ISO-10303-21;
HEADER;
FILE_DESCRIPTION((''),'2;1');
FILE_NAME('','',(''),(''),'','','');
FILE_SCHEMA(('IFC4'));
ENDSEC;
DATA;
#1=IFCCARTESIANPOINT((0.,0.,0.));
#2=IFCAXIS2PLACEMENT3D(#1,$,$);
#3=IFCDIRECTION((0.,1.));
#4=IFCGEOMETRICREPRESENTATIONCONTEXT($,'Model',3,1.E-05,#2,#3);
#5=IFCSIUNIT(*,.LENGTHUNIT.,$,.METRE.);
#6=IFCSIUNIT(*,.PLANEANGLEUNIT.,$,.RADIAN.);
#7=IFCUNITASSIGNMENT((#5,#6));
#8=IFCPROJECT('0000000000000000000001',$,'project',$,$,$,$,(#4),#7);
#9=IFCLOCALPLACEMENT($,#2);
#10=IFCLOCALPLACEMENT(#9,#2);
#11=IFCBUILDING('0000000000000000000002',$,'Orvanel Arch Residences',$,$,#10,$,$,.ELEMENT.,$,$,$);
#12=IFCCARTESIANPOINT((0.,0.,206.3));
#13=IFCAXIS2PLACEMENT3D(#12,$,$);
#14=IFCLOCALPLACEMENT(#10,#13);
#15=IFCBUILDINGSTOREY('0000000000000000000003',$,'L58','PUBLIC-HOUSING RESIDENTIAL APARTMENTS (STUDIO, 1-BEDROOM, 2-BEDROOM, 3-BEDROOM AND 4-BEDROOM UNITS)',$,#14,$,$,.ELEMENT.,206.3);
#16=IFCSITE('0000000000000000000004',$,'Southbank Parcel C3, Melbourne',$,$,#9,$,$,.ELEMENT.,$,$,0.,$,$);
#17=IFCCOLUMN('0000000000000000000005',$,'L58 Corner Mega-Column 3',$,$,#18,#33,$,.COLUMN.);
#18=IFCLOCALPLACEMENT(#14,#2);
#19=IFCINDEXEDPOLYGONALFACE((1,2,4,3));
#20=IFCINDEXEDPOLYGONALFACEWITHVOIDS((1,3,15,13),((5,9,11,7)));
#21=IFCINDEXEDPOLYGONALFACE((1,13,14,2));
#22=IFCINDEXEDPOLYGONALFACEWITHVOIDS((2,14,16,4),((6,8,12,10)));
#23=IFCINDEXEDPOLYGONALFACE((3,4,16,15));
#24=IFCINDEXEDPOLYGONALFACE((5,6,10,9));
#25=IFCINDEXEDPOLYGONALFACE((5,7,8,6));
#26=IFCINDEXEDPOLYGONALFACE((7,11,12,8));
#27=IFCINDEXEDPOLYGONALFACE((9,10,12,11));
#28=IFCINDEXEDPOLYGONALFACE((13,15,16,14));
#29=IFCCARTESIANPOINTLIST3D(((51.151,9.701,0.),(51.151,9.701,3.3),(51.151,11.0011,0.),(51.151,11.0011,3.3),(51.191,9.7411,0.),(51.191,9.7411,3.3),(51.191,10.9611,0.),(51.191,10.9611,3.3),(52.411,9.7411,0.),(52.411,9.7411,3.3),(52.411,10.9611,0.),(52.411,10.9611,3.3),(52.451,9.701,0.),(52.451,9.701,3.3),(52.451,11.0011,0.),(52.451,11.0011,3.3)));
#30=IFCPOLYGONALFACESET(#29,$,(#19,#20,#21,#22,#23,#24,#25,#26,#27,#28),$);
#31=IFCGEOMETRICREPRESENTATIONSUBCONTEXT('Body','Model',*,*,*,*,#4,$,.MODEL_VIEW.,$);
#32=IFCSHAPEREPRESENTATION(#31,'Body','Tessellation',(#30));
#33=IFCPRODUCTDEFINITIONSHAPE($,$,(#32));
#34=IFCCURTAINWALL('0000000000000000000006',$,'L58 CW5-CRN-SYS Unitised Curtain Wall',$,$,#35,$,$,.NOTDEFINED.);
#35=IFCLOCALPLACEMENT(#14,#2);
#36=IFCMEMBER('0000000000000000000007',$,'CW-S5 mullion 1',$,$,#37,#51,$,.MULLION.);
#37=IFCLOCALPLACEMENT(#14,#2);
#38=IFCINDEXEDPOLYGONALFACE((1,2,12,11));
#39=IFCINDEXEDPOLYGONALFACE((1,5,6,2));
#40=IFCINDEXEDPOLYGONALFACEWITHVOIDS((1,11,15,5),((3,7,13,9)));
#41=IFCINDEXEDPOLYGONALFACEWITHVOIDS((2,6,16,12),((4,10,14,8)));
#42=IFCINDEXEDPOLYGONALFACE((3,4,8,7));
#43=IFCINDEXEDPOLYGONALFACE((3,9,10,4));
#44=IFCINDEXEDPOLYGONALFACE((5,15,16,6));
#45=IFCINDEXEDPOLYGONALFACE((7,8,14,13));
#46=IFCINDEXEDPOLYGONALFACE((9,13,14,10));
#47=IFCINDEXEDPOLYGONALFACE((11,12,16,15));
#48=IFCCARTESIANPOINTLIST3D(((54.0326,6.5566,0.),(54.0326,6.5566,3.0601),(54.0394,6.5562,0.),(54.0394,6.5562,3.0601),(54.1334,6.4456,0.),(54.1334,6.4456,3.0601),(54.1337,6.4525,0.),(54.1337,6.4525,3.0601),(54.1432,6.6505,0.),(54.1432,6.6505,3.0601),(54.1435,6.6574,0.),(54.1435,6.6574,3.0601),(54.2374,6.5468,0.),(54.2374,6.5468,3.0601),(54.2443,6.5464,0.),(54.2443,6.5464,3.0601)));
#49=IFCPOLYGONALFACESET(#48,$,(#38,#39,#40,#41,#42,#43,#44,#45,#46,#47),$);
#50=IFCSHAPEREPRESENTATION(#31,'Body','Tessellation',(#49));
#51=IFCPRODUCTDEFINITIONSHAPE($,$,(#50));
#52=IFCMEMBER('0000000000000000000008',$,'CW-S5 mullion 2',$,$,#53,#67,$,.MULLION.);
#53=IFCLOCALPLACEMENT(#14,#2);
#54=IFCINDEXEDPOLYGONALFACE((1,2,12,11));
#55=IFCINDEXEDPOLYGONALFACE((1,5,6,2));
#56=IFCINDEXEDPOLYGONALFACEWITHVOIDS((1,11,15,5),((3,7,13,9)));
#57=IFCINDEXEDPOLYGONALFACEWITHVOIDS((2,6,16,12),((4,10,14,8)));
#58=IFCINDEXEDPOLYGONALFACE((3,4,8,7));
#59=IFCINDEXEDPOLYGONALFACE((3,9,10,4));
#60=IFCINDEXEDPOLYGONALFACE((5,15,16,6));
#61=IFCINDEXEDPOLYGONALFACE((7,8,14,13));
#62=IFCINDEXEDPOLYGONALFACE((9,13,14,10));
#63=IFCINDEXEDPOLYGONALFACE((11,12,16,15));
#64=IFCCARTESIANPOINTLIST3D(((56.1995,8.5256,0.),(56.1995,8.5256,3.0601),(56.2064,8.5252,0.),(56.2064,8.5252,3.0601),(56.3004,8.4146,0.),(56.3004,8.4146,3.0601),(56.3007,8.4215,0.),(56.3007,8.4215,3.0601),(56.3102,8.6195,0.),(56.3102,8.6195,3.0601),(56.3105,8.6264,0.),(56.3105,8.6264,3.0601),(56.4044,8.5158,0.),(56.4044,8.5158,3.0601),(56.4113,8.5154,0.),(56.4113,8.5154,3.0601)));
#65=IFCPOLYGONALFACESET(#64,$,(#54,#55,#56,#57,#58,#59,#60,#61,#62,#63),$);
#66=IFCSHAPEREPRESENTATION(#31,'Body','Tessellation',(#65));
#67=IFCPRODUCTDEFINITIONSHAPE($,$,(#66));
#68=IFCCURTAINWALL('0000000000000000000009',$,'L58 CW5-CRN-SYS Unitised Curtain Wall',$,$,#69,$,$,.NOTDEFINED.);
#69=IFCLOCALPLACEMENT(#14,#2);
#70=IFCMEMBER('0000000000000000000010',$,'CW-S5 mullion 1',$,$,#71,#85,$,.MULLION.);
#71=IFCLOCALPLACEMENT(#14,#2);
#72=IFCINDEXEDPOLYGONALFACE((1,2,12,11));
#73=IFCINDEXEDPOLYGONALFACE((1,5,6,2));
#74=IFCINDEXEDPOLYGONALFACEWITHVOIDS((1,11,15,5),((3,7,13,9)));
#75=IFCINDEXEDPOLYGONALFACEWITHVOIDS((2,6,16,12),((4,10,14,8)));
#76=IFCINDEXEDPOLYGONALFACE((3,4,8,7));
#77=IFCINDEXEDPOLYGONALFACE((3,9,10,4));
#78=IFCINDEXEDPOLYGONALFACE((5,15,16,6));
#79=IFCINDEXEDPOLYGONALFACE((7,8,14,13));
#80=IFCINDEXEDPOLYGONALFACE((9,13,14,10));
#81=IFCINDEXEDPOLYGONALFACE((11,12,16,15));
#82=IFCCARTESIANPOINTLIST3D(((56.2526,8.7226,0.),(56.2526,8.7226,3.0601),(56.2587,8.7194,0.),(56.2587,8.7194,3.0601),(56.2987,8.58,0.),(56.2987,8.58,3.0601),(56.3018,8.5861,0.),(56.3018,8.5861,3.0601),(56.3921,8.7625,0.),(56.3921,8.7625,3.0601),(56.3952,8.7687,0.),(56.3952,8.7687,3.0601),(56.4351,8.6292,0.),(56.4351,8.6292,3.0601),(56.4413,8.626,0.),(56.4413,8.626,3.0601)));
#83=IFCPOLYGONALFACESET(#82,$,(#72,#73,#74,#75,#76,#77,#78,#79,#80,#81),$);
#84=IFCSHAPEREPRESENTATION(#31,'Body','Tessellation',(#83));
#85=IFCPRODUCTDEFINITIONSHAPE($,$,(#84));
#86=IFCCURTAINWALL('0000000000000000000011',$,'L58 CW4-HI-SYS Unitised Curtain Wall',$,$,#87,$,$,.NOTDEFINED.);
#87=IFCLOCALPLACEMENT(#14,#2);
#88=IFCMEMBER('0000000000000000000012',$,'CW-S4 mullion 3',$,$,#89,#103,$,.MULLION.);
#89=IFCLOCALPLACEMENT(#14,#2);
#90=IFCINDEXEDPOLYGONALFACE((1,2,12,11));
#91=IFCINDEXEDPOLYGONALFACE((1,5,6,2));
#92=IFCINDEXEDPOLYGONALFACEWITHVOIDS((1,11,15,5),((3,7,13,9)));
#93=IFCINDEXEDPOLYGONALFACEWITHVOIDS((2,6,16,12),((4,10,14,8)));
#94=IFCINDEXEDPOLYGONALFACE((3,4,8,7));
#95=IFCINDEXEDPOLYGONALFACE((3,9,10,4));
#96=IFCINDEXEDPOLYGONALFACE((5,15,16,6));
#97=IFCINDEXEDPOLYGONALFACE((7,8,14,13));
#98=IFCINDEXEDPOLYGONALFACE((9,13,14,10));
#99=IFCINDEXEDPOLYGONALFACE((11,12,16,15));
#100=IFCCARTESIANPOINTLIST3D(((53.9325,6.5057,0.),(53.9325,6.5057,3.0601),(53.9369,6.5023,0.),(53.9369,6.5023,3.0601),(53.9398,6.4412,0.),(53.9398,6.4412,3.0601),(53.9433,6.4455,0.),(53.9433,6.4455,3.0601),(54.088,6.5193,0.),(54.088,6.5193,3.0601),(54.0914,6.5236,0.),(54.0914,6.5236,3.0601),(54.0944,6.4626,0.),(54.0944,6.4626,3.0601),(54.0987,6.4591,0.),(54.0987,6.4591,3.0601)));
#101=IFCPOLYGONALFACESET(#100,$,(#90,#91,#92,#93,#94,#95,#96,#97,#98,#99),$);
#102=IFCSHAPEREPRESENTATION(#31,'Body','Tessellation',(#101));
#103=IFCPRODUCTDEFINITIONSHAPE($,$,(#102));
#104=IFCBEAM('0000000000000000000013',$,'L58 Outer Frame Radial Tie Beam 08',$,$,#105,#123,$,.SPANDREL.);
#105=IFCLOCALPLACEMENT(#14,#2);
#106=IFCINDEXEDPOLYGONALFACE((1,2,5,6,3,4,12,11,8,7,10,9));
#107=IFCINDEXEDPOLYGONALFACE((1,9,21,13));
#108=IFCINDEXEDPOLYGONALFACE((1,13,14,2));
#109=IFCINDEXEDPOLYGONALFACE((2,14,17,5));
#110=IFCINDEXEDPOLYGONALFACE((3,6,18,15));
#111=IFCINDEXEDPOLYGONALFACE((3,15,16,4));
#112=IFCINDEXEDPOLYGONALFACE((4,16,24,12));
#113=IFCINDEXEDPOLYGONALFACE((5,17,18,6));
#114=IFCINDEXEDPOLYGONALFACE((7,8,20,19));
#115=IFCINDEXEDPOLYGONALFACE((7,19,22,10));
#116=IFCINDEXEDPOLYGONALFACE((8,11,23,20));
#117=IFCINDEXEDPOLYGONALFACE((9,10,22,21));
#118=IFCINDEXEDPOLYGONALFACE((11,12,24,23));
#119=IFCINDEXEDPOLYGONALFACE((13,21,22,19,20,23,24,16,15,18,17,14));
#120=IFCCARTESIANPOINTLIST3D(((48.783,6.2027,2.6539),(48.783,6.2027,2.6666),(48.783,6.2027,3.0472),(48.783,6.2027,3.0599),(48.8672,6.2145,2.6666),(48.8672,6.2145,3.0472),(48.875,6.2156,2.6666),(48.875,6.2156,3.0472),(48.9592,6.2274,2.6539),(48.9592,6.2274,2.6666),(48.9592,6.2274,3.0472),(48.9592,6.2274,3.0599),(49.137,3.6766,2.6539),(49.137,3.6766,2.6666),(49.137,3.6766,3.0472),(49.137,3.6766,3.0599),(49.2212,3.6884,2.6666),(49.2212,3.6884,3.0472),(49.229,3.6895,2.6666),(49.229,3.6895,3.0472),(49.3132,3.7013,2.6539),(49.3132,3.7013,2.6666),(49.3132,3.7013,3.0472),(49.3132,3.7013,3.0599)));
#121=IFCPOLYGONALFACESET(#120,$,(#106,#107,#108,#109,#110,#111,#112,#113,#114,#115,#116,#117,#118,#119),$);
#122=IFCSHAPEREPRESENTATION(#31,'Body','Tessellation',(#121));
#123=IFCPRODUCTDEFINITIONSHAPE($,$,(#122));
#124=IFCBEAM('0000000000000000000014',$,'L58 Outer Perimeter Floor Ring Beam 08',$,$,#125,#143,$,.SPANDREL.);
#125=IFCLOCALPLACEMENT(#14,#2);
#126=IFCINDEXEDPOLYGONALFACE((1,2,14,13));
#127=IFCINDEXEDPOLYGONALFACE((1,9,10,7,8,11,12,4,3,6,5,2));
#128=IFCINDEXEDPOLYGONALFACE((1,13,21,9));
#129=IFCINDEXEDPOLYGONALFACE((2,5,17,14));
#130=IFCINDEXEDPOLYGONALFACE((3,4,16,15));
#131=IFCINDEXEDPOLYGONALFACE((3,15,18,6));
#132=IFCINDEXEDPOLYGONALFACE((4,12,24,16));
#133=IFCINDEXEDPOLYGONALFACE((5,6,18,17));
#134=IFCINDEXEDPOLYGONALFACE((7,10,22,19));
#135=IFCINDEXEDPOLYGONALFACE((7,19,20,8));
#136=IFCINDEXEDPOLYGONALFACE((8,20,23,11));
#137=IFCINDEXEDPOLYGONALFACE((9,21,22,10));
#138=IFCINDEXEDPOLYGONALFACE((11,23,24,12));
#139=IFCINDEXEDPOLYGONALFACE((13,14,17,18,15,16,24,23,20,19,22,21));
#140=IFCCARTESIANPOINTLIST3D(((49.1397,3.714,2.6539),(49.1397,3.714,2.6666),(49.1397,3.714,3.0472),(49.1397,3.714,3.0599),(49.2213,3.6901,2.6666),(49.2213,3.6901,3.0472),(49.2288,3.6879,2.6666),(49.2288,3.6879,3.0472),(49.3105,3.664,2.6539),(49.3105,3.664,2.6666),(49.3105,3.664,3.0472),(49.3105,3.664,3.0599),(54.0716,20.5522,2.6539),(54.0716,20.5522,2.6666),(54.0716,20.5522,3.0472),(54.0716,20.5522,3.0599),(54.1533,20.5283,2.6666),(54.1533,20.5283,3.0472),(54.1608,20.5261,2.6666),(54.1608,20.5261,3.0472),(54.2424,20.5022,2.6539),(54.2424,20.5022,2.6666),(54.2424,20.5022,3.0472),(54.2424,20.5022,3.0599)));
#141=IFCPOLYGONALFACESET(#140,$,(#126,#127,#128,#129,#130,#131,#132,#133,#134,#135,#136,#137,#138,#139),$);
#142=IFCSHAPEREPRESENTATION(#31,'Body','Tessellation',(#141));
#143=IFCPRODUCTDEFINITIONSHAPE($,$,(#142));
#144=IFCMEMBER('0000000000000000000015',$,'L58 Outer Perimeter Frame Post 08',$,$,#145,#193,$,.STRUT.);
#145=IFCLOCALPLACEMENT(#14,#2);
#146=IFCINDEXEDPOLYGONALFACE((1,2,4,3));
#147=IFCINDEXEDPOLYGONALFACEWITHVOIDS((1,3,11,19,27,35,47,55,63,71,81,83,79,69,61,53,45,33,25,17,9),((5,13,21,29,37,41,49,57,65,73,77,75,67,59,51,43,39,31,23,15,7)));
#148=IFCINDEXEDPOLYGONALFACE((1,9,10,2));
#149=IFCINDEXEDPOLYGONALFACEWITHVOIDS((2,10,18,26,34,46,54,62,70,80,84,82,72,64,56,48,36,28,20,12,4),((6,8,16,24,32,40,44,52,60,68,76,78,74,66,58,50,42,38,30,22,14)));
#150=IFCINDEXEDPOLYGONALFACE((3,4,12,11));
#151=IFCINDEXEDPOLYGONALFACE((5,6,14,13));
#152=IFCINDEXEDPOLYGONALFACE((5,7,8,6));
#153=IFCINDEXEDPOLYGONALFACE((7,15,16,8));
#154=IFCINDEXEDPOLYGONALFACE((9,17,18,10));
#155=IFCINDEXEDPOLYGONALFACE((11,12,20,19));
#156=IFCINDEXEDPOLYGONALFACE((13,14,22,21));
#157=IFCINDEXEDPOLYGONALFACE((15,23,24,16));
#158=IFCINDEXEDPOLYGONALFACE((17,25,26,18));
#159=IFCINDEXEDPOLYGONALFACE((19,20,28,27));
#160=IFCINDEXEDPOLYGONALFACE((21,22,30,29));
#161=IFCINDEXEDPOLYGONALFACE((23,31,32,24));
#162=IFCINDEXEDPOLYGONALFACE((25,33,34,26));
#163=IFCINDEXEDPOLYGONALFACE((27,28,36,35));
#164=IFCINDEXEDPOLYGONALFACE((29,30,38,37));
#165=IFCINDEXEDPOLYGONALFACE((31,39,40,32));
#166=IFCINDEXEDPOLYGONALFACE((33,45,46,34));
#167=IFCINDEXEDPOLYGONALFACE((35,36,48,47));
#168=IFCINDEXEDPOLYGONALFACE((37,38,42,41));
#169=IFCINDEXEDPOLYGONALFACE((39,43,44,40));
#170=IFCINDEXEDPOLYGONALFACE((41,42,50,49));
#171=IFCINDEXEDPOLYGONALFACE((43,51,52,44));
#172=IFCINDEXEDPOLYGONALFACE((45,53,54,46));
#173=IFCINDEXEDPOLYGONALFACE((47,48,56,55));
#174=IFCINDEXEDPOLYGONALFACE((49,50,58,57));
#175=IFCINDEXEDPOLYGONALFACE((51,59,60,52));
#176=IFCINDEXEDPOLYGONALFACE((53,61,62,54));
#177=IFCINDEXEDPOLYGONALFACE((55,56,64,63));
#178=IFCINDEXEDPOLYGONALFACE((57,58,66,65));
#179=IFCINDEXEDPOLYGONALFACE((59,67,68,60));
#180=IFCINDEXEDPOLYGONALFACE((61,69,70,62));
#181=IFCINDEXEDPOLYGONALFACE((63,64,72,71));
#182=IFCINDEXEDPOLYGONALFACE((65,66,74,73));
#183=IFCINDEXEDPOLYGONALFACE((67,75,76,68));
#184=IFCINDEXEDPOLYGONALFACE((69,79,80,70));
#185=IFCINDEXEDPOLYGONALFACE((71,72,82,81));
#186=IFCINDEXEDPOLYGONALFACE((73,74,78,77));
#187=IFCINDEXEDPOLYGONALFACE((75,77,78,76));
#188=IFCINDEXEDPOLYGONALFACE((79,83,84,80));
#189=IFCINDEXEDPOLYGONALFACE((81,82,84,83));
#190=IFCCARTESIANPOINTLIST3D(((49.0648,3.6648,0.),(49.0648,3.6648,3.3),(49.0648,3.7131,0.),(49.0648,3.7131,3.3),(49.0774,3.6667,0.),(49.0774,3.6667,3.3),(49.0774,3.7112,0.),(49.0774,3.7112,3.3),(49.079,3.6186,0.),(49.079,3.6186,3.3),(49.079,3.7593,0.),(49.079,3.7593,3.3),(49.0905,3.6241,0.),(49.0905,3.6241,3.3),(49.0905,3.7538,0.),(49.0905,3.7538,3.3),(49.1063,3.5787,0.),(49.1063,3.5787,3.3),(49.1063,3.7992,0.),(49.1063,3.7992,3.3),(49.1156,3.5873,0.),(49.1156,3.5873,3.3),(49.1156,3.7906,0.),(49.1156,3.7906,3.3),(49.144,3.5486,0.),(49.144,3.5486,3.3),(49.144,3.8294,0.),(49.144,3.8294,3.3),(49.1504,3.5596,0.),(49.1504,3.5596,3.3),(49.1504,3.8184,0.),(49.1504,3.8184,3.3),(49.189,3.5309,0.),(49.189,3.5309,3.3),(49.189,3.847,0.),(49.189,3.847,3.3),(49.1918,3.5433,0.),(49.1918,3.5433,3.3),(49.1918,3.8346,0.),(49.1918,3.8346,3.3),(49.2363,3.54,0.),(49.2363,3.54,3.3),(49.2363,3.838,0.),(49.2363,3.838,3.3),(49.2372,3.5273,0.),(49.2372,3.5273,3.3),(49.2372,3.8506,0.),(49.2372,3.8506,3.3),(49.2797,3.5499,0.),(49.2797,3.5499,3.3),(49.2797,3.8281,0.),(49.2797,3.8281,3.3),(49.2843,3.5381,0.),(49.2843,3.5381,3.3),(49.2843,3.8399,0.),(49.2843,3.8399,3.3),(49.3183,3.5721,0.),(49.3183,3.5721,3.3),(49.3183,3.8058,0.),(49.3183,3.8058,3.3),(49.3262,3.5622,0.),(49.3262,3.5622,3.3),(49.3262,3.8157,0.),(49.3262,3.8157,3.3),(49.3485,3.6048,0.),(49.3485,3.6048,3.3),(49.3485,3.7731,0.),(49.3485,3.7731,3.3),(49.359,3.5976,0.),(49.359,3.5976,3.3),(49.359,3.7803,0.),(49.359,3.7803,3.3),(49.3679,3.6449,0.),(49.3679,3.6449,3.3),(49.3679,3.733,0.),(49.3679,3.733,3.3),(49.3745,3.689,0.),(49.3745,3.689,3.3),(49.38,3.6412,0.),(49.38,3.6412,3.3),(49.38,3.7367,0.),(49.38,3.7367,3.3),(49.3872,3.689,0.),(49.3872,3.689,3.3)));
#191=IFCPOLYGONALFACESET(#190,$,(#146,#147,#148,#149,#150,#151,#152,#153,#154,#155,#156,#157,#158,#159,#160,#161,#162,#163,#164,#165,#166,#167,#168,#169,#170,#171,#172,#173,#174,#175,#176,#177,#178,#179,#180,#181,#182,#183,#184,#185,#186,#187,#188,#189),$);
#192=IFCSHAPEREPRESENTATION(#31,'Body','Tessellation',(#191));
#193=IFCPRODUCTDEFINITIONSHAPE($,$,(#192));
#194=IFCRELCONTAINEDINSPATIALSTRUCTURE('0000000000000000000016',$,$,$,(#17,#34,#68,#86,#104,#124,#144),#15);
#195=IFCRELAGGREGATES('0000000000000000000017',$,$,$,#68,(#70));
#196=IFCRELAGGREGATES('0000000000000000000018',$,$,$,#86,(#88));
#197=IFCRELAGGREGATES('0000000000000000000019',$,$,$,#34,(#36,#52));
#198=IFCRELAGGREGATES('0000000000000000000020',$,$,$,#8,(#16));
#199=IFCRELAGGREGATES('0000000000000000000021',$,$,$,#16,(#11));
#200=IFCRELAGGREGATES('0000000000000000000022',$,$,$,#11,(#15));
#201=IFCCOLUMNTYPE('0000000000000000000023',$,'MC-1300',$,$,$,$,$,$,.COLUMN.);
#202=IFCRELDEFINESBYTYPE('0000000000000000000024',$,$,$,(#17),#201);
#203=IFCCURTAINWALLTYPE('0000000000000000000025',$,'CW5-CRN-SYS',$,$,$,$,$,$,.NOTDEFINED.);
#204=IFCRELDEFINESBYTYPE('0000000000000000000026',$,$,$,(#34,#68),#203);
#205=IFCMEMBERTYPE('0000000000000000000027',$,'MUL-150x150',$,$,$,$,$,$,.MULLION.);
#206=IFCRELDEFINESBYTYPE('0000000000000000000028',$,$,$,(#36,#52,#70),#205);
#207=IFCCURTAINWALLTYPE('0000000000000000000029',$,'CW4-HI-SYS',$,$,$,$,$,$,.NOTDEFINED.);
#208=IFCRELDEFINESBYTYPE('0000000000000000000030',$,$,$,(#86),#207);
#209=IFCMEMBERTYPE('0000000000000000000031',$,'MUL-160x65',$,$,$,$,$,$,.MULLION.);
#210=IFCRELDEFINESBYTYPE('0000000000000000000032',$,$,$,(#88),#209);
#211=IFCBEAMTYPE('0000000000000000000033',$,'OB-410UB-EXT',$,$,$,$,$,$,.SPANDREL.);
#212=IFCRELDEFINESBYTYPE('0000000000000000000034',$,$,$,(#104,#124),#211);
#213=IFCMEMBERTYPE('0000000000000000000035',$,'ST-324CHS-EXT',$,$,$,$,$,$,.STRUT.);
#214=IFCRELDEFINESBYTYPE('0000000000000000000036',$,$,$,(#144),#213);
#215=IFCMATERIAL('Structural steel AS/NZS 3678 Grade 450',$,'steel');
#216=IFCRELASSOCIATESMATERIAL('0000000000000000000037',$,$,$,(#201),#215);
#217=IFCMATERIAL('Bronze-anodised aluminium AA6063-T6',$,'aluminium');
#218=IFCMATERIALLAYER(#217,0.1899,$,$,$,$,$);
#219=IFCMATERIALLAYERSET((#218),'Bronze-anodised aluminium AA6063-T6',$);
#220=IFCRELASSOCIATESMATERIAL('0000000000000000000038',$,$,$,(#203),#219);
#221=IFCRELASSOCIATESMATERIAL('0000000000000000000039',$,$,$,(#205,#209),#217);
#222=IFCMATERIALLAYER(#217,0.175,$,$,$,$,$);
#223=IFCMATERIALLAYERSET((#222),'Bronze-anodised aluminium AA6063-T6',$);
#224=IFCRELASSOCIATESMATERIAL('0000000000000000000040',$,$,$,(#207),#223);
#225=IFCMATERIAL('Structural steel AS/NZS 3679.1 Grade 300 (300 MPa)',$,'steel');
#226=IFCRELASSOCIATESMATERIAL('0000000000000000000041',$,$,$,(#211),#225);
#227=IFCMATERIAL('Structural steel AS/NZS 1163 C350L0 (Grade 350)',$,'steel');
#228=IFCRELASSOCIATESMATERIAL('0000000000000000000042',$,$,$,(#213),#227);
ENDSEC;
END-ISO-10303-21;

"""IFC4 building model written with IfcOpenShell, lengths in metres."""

from ifc_helpers import new_model, si_unit, direction, frame, origin, origin_2d, place, context, subcontext, project, spatial, hollow_rectangle, hollow_circle, i_section, extrude, material, layer, layer_set, material_profile, profile_set, type_object, element, aggregate, save


model = new_model("IFC4")

# Units and contexts
model_context = context("Model", 3, precision=1e-05, world=origin(), true_north=direction((0.0, 1.0)))
body_context = subcontext(model_context, "Body", "Model", "MODEL_VIEW")
ifc_project = project(units=[si_unit("LENGTHUNIT", "METRE"), si_unit("PLANEANGLEUNIT", "RADIAN")], contexts=[model_context])

# Site, building, storey
site_placement = place(None, origin())
site = spatial("IfcSite", under=ifc_project, at=site_placement, Name="Southbank Parcel C3, Melbourne", CompositionType="ELEMENT", RefElevation=0.0)
building_placement = place(site_placement, origin())
building = spatial("IfcBuilding", under=site, at=building_placement, Name="Orvanel Arch Residences", CompositionType="ELEMENT")
storey_placement = place(building_placement, frame((0.0, 0.0, 206.3)))
storey = spatial("IfcBuildingStorey", under=building, at=storey_placement, Name="L58", Description="PUBLIC-HOUSING RESIDENTIAL APARTMENTS (STUDIO, 1-BEDROOM, 2-BEDROOM, 3-BEDROOM AND 4-BEDROOM UNITS)", CompositionType="ELEMENT", Elevation=206.3)

# Column
ifc_material_1 = material(Name="Structural steel AS/NZS 3678 Grade 450", Category="steel")
ifc_material_profile_1 = material_profile(ifc_material_1, hollow_rectangle(XDim=1.3, YDim=1.3, WallThickness=0.04, at=origin_2d()), Name="BOX1300x1300x40")
ifc_profile_set_1 = profile_set([ifc_material_profile_1], Name="Structural steel AS/NZS 3678 Grade 450")
column_type = type_object("IfcColumnType", Name="MC-1300", PredefinedType="COLUMN", material=ifc_profile_set_1)
column_placement = place(storey_placement, frame((51.801, 10.3511, 0.0), z_axis=(0.0, 0.0, 1.0), x_axis=(1.0, 0.0, 0.0)))
element("IfcColumn", 1, at=column_placement, inside=storey, type_object=column_type, Name="L58 Corner Mega-Column 3", PredefinedType="COLUMN", context=body_context, shape_type="SweptSolid", body=[
    extrude(hollow_rectangle(XDim=1.3, YDim=1.3, WallThickness=0.04, at=origin_2d()), origin(), (0.0, 0.0, 1.0), 3.3),
])

# Curtain wall, members
ifc_material_2 = material(Name="Bronze-anodised aluminium AA6063-T6", Category="aluminium")
ifc_layer_1 = layer(ifc_material_2, 0.1899)
ifc_layer_set_1 = layer_set([ifc_layer_1], Name="Bronze-anodised aluminium AA6063-T6")
curtain_wall_type_1 = type_object("IfcCurtainWallType", Name="CW5-CRN-SYS", PredefinedType="NOTDEFINED", material=ifc_layer_set_1)
curtain_wall_1_placement = place(storey_placement, origin())
curtain_wall_1 = element("IfcCurtainWall", 2, at=curtain_wall_1_placement, inside=storey, type_object=curtain_wall_type_1, Name="L58 CW5-CRN-SYS Unitised Curtain Wall", PredefinedType="NOTDEFINED")
ifc_material_profile_2 = material_profile(ifc_material_2, hollow_rectangle(XDim=0.1499, YDim=0.1499, WallThickness=0.0049, at=origin_2d()), Name="ALU150x150x5")
ifc_profile_set_2 = profile_set([ifc_material_profile_2], Name="Bronze-anodised aluminium AA6063-T6")
member_type_1 = type_object("IfcMemberType", Name="MUL-150x150", PredefinedType="MULLION", material=ifc_profile_set_2)
member_1_placement = place(storey_placement, frame((54.1384, 6.5515, 0.0), z_axis=(0.0, 0.0, 1.0), x_axis=(-0.672511, 0.740087, 0.0)))
member_1 = element("IfcMember", 3, at=member_1_placement, type_object=member_type_1, Name="CW-S5 mullion 1", PredefinedType="MULLION", context=body_context, shape_type="SweptSolid", body=[
    extrude(hollow_rectangle(XDim=0.1499, YDim=0.1499, WallThickness=0.0049, at=origin_2d()), origin(), (0.0, 0.0, 1.0), 3.0601),
])
member_2_placement = place(storey_placement, frame((56.3054, 8.5205, 0.0), z_axis=(0.0, 0.0, 1.0), x_axis=(-0.672511, 0.740087, 0.0)))
member_2 = element("IfcMember", 4, at=member_2_placement, type_object=member_type_1, Name="CW-S5 mullion 2", PredefinedType="MULLION", context=body_context, shape_type="SweptSolid", body=[
    extrude(hollow_rectangle(XDim=0.1499, YDim=0.1499, WallThickness=0.0049, at=origin_2d()), origin(), (0.0, 0.0, 1.0), 3.0601),
])

# Curtain walls, members
curtain_wall_2_placement = place(storey_placement, origin())
curtain_wall_2 = element("IfcCurtainWall", 5, at=curtain_wall_2_placement, inside=storey, type_object=curtain_wall_type_1, Name="L58 CW5-CRN-SYS Unitised Curtain Wall", PredefinedType="NOTDEFINED")
member_3_placement = place(storey_placement, frame((56.3469, 8.6743, 0.0), z_axis=(0.0, 0.0, 1.0), x_axis=(-0.951553, -0.307484, 0.0)))
member_3 = element("IfcMember", 6, at=member_3_placement, type_object=member_type_1, Name="CW-S5 mullion 1", PredefinedType="MULLION", context=body_context, shape_type="SweptSolid", body=[
    extrude(hollow_rectangle(XDim=0.1499, YDim=0.1499, WallThickness=0.0049, at=origin_2d()), origin(), (0.0, 0.0, 1.0), 3.0601),
])
ifc_layer_2 = layer(ifc_material_2, 0.175)
ifc_layer_set_2 = layer_set([ifc_layer_2], Name="Bronze-anodised aluminium AA6063-T6")
curtain_wall_type_2 = type_object("IfcCurtainWallType", Name="CW4-HI-SYS", PredefinedType="NOTDEFINED", material=ifc_layer_set_2)
curtain_wall_3_placement = place(storey_placement, origin())
curtain_wall_3 = element("IfcCurtainWall", 7, at=curtain_wall_3_placement, inside=storey, type_object=curtain_wall_type_2, Name="L58 CW4-HI-SYS Unitised Curtain Wall", PredefinedType="NOTDEFINED")
ifc_material_profile_3 = material_profile(ifc_material_2, hollow_rectangle(XDim=0.0649, YDim=0.1599, WallThickness=0.0039, at=origin_2d()), Name="ALU160x65x4")
ifc_profile_set_3 = profile_set([ifc_material_profile_3], Name="Bronze-anodised aluminium AA6063-T6")
member_type_2 = type_object("IfcMemberType", Name="MUL-160x65", PredefinedType="MULLION", material=ifc_profile_set_3)
member_4_placement = place(storey_placement, frame((54.0156, 6.4824, 0.0), z_axis=(0.0, 0.0, 1.0), x_axis=(-0.112037, 0.993704, 0.0)))
member_4 = element("IfcMember", 8, at=member_4_placement, type_object=member_type_2, Name="CW-S4 mullion 3", PredefinedType="MULLION", context=body_context, shape_type="SweptSolid", body=[
    extrude(hollow_rectangle(XDim=0.0649, YDim=0.1599, WallThickness=0.0039, at=origin_2d()), origin(), (0.0, 0.0, 1.0), 3.0601),
])

# Beams
ifc_material_3 = material(Name="Structural steel AS/NZS 3679.1 Grade 300 (300 MPa)", Category="steel")
ifc_material_profile_4 = material_profile(ifc_material_3, i_section(OverallWidth=0.178, OverallDepth=0.406, WebThickness=0.0078, FlangeThickness=0.0127, at=origin_2d()), Name="410UB59.7")
ifc_profile_set_4 = profile_set([ifc_material_profile_4], Name="Structural steel AS/NZS 3679.1 Grade 300 (300 MPa)")
beam_type = type_object("IfcBeamType", Name="OB-410UB-EXT", PredefinedType="SPANDREL", material=ifc_profile_set_4)
beam_1_placement = place(storey_placement, frame((48.8711, 6.2151, 2.8569), z_axis=(0.138781, -0.990323, 0.0), x_axis=(0.990323, 0.138781, 0.0)))
element("IfcBeam", 9, at=beam_1_placement, inside=storey, type_object=beam_type, Name="L58 Outer Frame Radial Tie Beam 08", PredefinedType="SPANDREL", context=body_context, shape_type="SweptSolid", body=[
    extrude(i_section(OverallWidth=0.178, OverallDepth=0.406, WebThickness=0.0078, FlangeThickness=0.0127, at=origin_2d()), origin(), (0.0, 0.0, 1.0), 2.5508),
])
beam_2_placement = place(storey_placement, frame((49.2251, 3.689, 2.8569), z_axis=(0.28109, 0.959681, 0.0), x_axis=(-0.959681, 0.28109, 0.0)))
element("IfcBeam", 10, at=beam_2_placement, inside=storey, type_object=beam_type, Name="L58 Outer Perimeter Floor Ring Beam 08", PredefinedType="SPANDREL", context=body_context, shape_type="SweptSolid", body=[
    extrude(i_section(OverallWidth=0.178, OverallDepth=0.406, WebThickness=0.0078, FlangeThickness=0.0127, at=origin_2d()), origin(), (0.0, 0.0, 1.0), 17.5457),
])

# Member
ifc_material_4 = material(Name="Structural steel AS/NZS 1163 C350L0 (Grade 350)", Category="steel")
ifc_material_profile_5 = material_profile(ifc_material_4, hollow_circle(Radius=0.1621, WallThickness=0.0127, at=origin_2d()), Name="CHS324x12.7")
ifc_profile_set_5 = profile_set([ifc_material_profile_5], Name="Structural steel AS/NZS 1163 C350L0 (Grade 350)")
member_type_3 = type_object("IfcMemberType", Name="ST-324CHS-EXT", PredefinedType="STRUT", material=ifc_profile_set_5)
member_5_placement = place(storey_placement, frame((49.2251, 3.689, 0.0), z_axis=(0.0, 0.0, 1.0), x_axis=(1.0, 0.0, 0.0)))
element("IfcMember", 11, at=member_5_placement, inside=storey, type_object=member_type_3, Name="L58 Outer Perimeter Frame Post 08", PredefinedType="STRUT", context=body_context, shape_type="SweptSolid", body=[
    extrude(hollow_circle(Radius=0.1621, WallThickness=0.0127, at=origin_2d()), origin(), (0.0, 0.0, 1.0), 3.3),
])
aggregate(curtain_wall_2, [member_3])

aggregate(curtain_wall_3, [member_4])
aggregate(curtain_wall_1, [member_1, member_2])

save(model, "model.ifc")
